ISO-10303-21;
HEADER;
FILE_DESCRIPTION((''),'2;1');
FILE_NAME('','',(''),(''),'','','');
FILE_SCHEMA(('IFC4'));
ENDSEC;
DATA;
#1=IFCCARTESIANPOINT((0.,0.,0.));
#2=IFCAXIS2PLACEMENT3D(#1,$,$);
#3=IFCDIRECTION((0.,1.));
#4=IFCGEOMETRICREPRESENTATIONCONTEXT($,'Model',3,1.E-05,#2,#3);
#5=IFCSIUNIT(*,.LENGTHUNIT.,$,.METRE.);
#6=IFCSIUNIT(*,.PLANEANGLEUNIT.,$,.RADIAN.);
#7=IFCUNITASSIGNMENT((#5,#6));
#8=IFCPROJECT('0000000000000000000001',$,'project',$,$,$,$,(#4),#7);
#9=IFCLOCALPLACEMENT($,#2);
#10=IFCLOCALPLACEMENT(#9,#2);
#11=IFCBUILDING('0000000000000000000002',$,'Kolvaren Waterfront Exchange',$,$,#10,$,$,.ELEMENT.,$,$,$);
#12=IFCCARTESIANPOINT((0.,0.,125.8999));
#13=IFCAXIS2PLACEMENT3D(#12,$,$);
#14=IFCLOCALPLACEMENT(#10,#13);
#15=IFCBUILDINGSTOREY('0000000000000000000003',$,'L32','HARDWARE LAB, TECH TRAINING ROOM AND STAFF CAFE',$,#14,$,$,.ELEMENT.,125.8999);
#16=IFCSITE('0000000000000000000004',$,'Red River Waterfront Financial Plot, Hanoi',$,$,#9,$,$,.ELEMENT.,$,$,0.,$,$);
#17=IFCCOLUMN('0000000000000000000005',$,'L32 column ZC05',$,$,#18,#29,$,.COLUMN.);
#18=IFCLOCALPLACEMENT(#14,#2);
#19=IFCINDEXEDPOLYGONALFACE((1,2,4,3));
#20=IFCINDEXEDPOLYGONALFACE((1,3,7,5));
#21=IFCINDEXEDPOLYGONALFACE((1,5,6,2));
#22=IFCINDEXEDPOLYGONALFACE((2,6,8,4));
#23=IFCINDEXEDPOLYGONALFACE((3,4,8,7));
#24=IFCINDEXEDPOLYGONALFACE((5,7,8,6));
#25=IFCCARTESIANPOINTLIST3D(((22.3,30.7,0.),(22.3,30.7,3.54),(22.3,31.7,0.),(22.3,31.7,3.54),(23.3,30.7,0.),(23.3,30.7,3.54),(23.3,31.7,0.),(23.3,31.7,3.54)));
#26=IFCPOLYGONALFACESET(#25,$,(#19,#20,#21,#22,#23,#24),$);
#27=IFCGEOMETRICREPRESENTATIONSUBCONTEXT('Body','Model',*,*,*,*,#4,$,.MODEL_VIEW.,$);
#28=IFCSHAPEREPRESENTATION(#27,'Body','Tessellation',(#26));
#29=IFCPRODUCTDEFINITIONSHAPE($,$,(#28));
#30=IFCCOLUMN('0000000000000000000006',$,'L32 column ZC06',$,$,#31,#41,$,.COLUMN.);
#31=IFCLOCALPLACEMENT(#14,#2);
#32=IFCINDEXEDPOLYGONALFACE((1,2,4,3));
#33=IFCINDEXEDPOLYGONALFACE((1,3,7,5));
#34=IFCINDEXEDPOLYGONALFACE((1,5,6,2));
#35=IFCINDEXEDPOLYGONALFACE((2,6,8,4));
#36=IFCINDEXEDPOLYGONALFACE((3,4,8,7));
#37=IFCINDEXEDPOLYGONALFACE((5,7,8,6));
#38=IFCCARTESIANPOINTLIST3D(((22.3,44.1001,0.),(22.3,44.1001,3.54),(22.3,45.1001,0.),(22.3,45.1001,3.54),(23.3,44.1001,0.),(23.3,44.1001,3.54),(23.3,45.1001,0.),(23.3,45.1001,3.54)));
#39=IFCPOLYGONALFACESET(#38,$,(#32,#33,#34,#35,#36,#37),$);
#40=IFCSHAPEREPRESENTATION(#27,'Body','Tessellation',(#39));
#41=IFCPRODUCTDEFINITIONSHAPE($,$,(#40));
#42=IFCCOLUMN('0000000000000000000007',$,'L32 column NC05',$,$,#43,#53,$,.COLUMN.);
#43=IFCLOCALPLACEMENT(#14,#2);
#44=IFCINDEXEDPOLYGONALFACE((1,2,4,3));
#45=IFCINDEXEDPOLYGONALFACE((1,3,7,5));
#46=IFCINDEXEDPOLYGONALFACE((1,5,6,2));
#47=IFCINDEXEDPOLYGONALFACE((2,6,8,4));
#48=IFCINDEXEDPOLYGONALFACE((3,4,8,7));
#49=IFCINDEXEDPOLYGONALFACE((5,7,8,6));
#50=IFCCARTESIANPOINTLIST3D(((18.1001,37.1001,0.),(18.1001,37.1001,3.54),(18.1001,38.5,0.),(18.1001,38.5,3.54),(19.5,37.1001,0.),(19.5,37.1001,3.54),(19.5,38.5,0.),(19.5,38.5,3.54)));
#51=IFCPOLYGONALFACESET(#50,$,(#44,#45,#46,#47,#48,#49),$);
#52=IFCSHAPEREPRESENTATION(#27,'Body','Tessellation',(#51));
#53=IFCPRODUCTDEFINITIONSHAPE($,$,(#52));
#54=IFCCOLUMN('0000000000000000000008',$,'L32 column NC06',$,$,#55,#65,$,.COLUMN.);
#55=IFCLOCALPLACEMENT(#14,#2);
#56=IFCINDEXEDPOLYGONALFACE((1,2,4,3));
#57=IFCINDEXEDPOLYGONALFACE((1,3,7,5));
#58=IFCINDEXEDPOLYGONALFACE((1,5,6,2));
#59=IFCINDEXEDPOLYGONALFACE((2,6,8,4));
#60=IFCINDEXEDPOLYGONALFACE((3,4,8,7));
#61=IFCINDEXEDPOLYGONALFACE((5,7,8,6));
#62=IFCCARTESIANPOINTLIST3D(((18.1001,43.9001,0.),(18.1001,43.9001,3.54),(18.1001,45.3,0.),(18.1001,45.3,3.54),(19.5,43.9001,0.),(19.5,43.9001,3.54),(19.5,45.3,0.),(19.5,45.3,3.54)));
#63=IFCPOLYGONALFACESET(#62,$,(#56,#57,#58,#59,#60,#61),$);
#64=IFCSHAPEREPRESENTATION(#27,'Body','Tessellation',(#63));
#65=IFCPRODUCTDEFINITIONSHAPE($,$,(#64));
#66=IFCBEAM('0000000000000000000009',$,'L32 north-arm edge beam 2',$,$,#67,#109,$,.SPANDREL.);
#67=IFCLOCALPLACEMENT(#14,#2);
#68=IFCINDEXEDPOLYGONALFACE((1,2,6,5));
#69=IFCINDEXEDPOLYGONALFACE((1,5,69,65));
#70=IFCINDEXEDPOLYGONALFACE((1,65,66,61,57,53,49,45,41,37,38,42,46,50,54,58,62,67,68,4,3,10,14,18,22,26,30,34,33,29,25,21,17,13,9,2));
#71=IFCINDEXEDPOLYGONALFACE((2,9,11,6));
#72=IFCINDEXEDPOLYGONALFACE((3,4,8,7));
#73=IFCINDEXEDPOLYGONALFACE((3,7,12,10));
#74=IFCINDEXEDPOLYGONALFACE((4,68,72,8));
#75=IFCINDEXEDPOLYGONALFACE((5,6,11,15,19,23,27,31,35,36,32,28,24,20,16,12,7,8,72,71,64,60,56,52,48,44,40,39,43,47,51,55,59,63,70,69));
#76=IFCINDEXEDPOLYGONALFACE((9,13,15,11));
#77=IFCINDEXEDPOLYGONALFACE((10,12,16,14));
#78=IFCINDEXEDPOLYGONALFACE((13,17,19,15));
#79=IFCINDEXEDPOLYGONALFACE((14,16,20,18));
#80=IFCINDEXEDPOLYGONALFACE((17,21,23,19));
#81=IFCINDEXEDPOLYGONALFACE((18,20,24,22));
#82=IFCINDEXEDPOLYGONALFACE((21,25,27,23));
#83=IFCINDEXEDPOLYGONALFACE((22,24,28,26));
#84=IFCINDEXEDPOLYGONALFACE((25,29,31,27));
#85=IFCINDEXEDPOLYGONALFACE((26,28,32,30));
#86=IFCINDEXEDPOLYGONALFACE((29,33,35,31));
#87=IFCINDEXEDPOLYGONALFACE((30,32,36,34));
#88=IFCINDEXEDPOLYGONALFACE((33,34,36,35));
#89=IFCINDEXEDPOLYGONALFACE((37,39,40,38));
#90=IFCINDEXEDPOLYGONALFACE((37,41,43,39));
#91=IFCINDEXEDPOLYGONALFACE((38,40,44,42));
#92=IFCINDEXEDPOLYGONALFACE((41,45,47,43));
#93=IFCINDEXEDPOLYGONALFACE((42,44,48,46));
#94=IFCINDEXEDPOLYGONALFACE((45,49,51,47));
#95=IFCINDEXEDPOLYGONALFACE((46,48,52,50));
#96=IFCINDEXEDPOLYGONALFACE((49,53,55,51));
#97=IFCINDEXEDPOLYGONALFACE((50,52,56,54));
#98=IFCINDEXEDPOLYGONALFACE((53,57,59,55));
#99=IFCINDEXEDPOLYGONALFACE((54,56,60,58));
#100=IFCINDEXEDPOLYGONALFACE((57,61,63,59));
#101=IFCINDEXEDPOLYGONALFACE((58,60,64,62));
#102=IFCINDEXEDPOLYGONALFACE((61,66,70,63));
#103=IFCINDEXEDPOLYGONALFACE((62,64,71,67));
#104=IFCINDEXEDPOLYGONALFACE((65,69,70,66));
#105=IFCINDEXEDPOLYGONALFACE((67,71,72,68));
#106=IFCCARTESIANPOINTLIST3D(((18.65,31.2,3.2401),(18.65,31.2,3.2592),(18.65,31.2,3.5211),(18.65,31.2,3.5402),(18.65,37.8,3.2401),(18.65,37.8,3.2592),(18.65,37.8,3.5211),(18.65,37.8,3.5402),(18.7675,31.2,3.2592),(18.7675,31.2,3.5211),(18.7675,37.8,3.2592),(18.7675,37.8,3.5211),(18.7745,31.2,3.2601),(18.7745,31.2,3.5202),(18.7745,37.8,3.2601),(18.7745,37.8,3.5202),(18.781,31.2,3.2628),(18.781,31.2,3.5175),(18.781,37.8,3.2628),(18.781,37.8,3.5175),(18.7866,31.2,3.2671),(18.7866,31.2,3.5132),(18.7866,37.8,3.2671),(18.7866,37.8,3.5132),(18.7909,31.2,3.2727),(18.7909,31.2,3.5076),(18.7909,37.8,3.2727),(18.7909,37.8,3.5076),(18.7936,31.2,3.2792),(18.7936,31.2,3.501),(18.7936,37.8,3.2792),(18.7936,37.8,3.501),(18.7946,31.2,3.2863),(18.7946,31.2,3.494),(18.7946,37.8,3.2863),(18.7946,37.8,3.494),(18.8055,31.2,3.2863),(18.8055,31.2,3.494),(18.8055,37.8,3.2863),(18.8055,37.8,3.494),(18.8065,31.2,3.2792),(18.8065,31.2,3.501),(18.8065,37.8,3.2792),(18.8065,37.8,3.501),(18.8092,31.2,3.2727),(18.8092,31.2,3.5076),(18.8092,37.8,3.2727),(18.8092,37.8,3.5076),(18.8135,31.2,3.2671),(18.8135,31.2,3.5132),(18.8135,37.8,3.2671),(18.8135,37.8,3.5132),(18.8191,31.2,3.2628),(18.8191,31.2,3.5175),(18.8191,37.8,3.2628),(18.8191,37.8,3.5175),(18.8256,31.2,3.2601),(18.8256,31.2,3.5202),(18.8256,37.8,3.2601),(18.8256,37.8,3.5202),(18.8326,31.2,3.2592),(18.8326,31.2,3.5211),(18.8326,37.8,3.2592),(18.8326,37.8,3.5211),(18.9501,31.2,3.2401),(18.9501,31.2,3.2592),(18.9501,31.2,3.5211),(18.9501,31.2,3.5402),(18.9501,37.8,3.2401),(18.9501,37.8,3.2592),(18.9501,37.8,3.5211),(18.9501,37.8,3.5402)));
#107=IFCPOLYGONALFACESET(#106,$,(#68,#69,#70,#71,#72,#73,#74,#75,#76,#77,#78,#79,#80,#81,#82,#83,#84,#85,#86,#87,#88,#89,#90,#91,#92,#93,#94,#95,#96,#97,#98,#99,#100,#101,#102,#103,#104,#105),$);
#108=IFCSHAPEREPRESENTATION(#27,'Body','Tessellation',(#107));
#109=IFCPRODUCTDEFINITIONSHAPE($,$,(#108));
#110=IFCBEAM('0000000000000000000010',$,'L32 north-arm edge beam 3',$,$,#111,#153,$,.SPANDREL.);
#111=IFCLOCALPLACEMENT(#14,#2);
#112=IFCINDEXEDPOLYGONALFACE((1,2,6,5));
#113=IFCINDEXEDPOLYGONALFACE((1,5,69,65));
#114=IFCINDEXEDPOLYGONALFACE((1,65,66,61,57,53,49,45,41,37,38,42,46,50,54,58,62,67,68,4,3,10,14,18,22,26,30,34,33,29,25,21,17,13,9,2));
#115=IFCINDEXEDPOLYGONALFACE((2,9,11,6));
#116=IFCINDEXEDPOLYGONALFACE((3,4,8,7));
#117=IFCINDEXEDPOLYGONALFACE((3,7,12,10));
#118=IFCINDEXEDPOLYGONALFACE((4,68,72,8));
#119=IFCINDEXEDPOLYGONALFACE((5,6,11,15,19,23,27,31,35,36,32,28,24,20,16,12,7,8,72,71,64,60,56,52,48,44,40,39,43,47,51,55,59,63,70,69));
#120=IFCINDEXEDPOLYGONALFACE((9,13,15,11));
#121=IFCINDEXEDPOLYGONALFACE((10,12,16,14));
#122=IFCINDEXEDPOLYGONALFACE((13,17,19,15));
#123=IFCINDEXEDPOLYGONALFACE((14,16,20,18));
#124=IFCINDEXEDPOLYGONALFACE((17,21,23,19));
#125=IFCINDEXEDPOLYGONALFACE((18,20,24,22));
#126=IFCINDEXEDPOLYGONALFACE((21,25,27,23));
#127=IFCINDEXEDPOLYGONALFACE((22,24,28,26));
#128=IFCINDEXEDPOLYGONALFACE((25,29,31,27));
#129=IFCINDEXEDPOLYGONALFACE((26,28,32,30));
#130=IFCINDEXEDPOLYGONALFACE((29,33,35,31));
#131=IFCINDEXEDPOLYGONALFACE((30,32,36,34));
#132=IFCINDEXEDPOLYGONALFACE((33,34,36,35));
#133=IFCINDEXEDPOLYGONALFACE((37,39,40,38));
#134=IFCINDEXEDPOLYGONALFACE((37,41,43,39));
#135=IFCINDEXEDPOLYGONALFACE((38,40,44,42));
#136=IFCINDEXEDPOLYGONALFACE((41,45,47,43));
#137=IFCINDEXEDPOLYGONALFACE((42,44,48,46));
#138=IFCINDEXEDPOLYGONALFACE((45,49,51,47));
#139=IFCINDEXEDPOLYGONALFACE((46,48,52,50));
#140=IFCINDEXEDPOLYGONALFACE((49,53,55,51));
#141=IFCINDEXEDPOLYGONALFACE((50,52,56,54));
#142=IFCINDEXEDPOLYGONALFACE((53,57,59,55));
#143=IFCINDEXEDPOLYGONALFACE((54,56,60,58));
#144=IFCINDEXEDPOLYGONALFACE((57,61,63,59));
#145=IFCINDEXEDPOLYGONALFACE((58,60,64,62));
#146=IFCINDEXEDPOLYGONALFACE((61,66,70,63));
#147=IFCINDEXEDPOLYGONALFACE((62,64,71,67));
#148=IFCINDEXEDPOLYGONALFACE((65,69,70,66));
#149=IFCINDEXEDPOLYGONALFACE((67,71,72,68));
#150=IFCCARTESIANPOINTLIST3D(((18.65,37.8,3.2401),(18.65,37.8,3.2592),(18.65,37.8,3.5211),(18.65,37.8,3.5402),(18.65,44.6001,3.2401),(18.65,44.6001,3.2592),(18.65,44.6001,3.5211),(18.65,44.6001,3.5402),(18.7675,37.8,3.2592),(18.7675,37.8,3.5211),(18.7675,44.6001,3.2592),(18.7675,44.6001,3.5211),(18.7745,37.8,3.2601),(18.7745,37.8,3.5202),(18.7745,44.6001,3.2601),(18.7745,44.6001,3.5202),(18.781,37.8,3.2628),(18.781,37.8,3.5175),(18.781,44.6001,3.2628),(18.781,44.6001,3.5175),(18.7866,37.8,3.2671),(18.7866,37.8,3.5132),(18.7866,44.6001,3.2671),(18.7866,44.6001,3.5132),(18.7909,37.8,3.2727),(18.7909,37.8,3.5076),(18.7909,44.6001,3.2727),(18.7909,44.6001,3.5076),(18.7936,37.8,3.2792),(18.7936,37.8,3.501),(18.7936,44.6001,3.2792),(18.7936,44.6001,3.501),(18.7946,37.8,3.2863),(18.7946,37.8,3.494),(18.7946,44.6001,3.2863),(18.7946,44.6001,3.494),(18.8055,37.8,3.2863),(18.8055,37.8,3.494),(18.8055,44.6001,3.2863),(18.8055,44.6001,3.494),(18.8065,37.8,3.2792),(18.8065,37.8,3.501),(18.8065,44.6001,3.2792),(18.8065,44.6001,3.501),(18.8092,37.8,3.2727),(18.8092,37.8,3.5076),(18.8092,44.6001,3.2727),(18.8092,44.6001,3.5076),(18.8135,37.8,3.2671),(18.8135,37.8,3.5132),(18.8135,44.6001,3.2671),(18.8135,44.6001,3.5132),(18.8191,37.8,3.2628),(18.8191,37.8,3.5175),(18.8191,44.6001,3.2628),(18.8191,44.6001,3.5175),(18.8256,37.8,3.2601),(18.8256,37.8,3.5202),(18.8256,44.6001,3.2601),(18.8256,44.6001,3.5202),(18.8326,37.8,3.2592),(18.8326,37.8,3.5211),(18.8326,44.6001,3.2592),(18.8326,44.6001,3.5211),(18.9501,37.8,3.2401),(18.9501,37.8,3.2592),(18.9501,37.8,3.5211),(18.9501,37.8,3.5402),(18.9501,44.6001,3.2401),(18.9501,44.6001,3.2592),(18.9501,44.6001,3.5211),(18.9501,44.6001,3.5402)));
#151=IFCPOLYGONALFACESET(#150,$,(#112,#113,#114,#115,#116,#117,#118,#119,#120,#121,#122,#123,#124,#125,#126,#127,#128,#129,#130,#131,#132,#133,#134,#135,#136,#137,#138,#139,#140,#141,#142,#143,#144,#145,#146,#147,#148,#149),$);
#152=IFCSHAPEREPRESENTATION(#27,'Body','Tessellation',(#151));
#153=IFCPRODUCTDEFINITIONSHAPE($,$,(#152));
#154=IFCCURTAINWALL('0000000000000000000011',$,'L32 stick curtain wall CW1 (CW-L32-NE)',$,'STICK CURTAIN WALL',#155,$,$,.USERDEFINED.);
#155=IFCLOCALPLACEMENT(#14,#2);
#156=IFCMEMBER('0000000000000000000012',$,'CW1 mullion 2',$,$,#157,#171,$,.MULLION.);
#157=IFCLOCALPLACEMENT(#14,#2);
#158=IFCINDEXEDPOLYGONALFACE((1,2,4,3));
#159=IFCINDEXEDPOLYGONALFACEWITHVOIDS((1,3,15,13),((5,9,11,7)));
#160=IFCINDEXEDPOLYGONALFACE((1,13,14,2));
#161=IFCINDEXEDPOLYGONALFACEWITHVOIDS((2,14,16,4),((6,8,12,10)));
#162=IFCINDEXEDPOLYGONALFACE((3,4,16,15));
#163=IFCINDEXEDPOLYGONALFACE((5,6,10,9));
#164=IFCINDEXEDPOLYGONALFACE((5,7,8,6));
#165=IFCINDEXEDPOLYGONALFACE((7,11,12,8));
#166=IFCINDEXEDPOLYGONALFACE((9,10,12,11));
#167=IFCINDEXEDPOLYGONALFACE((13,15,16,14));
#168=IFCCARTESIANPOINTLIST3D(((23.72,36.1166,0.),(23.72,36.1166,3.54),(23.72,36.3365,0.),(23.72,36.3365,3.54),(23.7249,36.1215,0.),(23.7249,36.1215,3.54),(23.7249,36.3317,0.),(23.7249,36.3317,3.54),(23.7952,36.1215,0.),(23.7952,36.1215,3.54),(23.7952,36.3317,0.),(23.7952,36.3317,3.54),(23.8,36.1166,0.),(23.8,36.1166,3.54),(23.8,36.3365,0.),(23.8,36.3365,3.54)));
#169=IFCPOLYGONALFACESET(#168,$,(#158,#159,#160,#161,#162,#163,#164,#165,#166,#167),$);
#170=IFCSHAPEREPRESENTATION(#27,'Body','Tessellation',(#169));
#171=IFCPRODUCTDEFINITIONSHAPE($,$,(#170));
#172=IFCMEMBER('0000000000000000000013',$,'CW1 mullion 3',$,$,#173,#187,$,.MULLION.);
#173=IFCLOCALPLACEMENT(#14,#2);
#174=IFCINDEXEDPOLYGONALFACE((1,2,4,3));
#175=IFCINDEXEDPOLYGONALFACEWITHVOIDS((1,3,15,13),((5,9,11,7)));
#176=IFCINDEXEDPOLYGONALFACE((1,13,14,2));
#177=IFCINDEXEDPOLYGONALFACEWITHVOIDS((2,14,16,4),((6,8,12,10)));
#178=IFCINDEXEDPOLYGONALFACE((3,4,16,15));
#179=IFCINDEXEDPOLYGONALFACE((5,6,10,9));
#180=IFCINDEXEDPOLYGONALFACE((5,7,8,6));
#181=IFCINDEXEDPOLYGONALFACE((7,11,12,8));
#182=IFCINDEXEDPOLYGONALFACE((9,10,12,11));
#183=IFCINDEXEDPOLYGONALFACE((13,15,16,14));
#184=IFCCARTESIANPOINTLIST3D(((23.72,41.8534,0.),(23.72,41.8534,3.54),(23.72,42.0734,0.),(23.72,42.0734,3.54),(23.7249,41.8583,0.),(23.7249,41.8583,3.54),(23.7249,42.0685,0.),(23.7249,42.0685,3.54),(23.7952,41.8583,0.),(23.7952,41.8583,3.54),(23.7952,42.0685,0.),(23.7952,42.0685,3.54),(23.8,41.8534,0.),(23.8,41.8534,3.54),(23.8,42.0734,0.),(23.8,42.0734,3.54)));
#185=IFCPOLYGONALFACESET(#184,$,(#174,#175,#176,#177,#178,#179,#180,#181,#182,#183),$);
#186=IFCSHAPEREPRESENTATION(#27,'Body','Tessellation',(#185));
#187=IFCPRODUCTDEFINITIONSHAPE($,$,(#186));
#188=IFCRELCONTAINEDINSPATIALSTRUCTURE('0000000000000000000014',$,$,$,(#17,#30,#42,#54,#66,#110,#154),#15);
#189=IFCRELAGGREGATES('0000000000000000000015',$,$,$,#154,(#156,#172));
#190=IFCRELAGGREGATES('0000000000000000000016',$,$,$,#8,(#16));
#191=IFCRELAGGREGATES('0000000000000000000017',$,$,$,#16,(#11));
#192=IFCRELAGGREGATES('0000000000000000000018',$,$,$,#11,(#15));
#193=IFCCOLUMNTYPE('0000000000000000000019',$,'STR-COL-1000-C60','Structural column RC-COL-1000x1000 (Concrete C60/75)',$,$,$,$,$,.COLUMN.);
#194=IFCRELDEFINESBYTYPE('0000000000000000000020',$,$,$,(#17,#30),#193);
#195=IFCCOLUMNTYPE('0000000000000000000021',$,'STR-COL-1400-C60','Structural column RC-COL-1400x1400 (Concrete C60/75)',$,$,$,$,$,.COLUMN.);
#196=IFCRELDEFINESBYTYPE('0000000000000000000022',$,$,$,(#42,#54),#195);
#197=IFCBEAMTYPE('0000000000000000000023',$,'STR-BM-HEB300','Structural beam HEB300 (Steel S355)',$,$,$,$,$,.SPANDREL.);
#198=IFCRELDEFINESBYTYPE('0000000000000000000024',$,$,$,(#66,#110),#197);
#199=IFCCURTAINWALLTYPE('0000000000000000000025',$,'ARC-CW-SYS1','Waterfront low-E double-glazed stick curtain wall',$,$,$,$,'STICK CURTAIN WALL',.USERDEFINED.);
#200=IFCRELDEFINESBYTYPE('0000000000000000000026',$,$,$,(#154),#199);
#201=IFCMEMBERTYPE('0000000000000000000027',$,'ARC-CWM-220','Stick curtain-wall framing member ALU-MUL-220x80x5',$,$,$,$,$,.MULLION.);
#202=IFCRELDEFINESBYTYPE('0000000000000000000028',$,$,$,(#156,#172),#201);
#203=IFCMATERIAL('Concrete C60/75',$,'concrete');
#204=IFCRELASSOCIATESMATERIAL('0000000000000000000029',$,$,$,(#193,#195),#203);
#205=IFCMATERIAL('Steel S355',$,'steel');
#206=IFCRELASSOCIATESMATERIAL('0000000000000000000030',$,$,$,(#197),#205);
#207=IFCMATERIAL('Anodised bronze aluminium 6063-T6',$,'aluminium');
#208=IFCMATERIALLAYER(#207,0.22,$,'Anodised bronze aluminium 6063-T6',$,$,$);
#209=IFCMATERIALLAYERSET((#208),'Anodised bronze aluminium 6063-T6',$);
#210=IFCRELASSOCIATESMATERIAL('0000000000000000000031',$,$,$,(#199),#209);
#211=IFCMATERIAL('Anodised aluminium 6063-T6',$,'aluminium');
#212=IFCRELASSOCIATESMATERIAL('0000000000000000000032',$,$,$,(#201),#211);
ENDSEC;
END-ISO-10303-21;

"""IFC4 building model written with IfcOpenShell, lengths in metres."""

from ifc_helpers import new_model, si_unit, direction, frame, origin, origin_with_axes, origin_2d, place, context, subcontext, project, spatial, rectangle, hollow_rectangle, i_section, extrude, source, transform, mapped, material, layer, layer_set, material_profile, profile_set, type_object, element, aggregate, save


model = new_model("IFC4")

# Units and contexts
model_context = context("Model", 3, precision=1e-05, world=origin(), true_north=direction((0.0, 1.0)))
body_context = subcontext(model_context, "Body", "Model", "MODEL_VIEW")
ifc_project = project(units=[si_unit("LENGTHUNIT", "METRE"), si_unit("PLANEANGLEUNIT", "RADIAN")], contexts=[model_context])

# Site, building, storey
site_placement = place(None, origin())
site = spatial("IfcSite", under=ifc_project, at=site_placement, Name="Red River Waterfront Financial Plot, Hanoi", CompositionType="ELEMENT", RefElevation=0.0)
building_placement = place(site_placement, origin())
building = spatial("IfcBuilding", under=site, at=building_placement, Name="Kolvaren Waterfront Exchange", CompositionType="ELEMENT")
storey_placement = place(building_placement, frame((0.0, 0.0, 125.8999)))
storey = spatial("IfcBuildingStorey", under=building, at=storey_placement, Name="L32", Description="HARDWARE LAB, TECH TRAINING ROOM AND STAFF CAFE", CompositionType="ELEMENT", Elevation=125.8999)

# Columns
ifc_material_1 = material(Name="Concrete C60/75", Category="concrete")
ifc_material_profile_1 = material_profile(ifc_material_1, rectangle(XDim=1.0, YDim=1.0, at=origin_2d()), Name="RC-COL-1000x1000")
ifc_profile_set_1 = profile_set([ifc_material_profile_1], Name="Concrete C60/75")
column_type_1 = type_object("IfcColumnType", Name="STR-COL-1000-C60", Description="Structural column RC-COL-1000x1000 (Concrete C60/75)", PredefinedType="COLUMN", material=ifc_profile_set_1)
for number, where, z_axis, x_axis, name in (
    (1, (22.8, 31.2, 0.0), (0.0, 0.0, 1.0), (1.0, 0.0, 0.0), "L32 column ZC05"),
    (2, (22.8, 44.6001, 0.0), (0.0, 0.0, 1.0), (1.0, 0.0, 0.0), "L32 column ZC06"),
):
    element("IfcColumn", number, at=place(storey_placement, frame(where, z_axis=z_axis, x_axis=x_axis)), inside=storey, type_object=column_type_1, Name=name, PredefinedType="COLUMN", context=body_context, shape_type="SweptSolid", body=[
        extrude(rectangle(XDim=1.0, YDim=1.0, at=origin_2d()), origin(), (0.0, 0.0, 1.0), 3.54),
    ])
ifc_material_profile_2 = material_profile(ifc_material_1, rectangle(XDim=1.3999, YDim=1.3999, at=origin_2d()), Name="RC-COL-1400x1400")
ifc_profile_set_2 = profile_set([ifc_material_profile_2], Name="Concrete C60/75")
column_type_2 = type_object("IfcColumnType", Name="STR-COL-1400-C60", Description="Structural column RC-COL-1400x1400 (Concrete C60/75)", PredefinedType="COLUMN", material=ifc_profile_set_2)
for number, where, z_axis, x_axis, name in (
    (3, (18.8, 37.8, 0.0), (0.0, 0.0, 1.0), (1.0, 0.0, 0.0), "L32 column NC05"),
    (4, (18.8, 44.6001, 0.0), (0.0, 0.0, 1.0), (1.0, 0.0, 0.0), "L32 column NC06"),
):
    element("IfcColumn", number, at=place(storey_placement, frame(where, z_axis=z_axis, x_axis=x_axis)), inside=storey, type_object=column_type_2, Name=name, PredefinedType="COLUMN", context=body_context, shape_type="SweptSolid", body=[
        extrude(rectangle(XDim=1.3999, YDim=1.3999, at=origin_2d()), origin(), (0.0, 0.0, 1.0), 3.54),
    ])

# Beams
ifc_material_2 = material(Name="Steel S355", Category="steel")
ifc_material_profile_3 = material_profile(ifc_material_2, i_section(OverallWidth=0.3, OverallDepth=0.3, WebThickness=0.011, FlangeThickness=0.019, FilletRadius=0.0271, at=origin_2d()), Name="HEB300")
ifc_profile_set_3 = profile_set([ifc_material_profile_3], Name="Steel S355")
beam_type = type_object("IfcBeamType", Name="STR-BM-HEB300", Description="Structural beam HEB300 (Steel S355)", PredefinedType="SPANDREL", material=ifc_profile_set_3)
beam_1_placement = place(storey_placement, frame((18.8, 31.2, 3.3901), z_axis=(0.0, 1.0, 0.0), x_axis=(-1.0, 0.0, 0.0)))
element("IfcBeam", 5, at=beam_1_placement, inside=storey, type_object=beam_type, Name="L32 north-arm edge beam 2", PredefinedType="SPANDREL", context=body_context, shape_type="SweptSolid", body=[
    extrude(i_section(OverallWidth=0.3, OverallDepth=0.3, WebThickness=0.011, FlangeThickness=0.019, FilletRadius=0.0271, at=origin_2d()), origin(), (0.0, 0.0, 1.0), 6.6001),
])
beam_2_placement = place(storey_placement, frame((18.8, 37.8, 3.3901), z_axis=(0.0, 1.0, 0.0), x_axis=(-1.0, 0.0, 0.0)))
element("IfcBeam", 6, at=beam_2_placement, inside=storey, type_object=beam_type, Name="L32 north-arm edge beam 3", PredefinedType="SPANDREL", context=body_context, shape_type="SweptSolid", body=[
    extrude(i_section(OverallWidth=0.3, OverallDepth=0.3, WebThickness=0.011, FlangeThickness=0.019, FilletRadius=0.0271, at=origin_2d()), origin(), (0.0, 0.0, 1.0), 6.8),
])

# Curtain wall, members
ifc_material_3 = material(Name="Anodised bronze aluminium 6063-T6", Category="aluminium")
ifc_layer_1 = layer(ifc_material_3, 0.22, Name="Anodised bronze aluminium 6063-T6")
ifc_layer_set_1 = layer_set([ifc_layer_1], Name="Anodised bronze aluminium 6063-T6")
curtain_wall_type = type_object("IfcCurtainWallType", Name="ARC-CW-SYS1", Description="Waterfront low-E double-glazed stick curtain wall", ElementType="STICK CURTAIN WALL", PredefinedType="USERDEFINED", material=ifc_layer_set_1)
curtain_wall_placement = place(storey_placement, origin())
curtain_wall = element("IfcCurtainWall", 7, at=curtain_wall_placement, inside=storey, type_object=curtain_wall_type, Name="L32 stick curtain wall CW1 (CW-L32-NE)", ObjectType="STICK CURTAIN WALL", PredefinedType="USERDEFINED")
ifc_material_4 = material(Name="Anodised aluminium 6063-T6", Category="aluminium")
ifc_material_profile_4 = material_profile(ifc_material_4, hollow_rectangle(XDim=0.0801, YDim=0.22, WallThickness=0.0049, at=origin_2d()), Name="ALU-MUL-220x80x5")
ifc_profile_set_4 = profile_set([ifc_material_profile_4], Name="Anodised aluminium 6063-T6")
member_type_1 = type_object("IfcMemberType", Name="ARC-CWM-220", Description="Stick curtain-wall framing member ALU-MUL-220x80x5", PredefinedType="MULLION", material=ifc_profile_set_4)
shared_shape_1 = source(origin_with_axes(), body_context, "Body", "SweptSolid", [
    extrude(hollow_rectangle(XDim=0.0801, YDim=0.22, WallThickness=0.0049, at=origin_2d()), origin(), (0.0, 0.0, 1.0), 3.54),
])
member_1_placement = place(storey_placement, frame((23.76, 36.2266, 0.0), z_axis=(0.0, 0.0, 1.0), x_axis=(-1.0, 0.0, 0.0)))
member_1 = element("IfcMember", 8, at=member_1_placement, type_object=member_type_1, Name="CW1 mullion 2", PredefinedType="MULLION", context=body_context, shape_type="MappedRepresentation", body=[
    mapped(shared_shape_1, transform((0.0, 0.0, 0.0), x_axis=(1.0, 0.0, 0.0), y_axis=(0.0, 1.0, 0.0), z_axis=(0.0, 0.0, 1.0), scale=1.0)),
])
member_2_placement = place(storey_placement, frame((23.76, 41.9634, 0.0), z_axis=(0.0, 0.0, 1.0), x_axis=(-1.0, 0.0, 0.0)))
member_2 = element("IfcMember", 9, at=member_2_placement, type_object=member_type_1, Name="CW1 mullion 3", PredefinedType="MULLION", context=body_context, shape_type="MappedRepresentation", body=[
    mapped(shared_shape_1, transform((0.0, 0.0, 0.0), x_axis=(1.0, 0.0, 0.0), y_axis=(0.0, 1.0, 0.0), z_axis=(0.0, 0.0, 1.0), scale=1.0)),
])
aggregate(curtain_wall, [member_1, member_2])

save(model, "model.ifc")
